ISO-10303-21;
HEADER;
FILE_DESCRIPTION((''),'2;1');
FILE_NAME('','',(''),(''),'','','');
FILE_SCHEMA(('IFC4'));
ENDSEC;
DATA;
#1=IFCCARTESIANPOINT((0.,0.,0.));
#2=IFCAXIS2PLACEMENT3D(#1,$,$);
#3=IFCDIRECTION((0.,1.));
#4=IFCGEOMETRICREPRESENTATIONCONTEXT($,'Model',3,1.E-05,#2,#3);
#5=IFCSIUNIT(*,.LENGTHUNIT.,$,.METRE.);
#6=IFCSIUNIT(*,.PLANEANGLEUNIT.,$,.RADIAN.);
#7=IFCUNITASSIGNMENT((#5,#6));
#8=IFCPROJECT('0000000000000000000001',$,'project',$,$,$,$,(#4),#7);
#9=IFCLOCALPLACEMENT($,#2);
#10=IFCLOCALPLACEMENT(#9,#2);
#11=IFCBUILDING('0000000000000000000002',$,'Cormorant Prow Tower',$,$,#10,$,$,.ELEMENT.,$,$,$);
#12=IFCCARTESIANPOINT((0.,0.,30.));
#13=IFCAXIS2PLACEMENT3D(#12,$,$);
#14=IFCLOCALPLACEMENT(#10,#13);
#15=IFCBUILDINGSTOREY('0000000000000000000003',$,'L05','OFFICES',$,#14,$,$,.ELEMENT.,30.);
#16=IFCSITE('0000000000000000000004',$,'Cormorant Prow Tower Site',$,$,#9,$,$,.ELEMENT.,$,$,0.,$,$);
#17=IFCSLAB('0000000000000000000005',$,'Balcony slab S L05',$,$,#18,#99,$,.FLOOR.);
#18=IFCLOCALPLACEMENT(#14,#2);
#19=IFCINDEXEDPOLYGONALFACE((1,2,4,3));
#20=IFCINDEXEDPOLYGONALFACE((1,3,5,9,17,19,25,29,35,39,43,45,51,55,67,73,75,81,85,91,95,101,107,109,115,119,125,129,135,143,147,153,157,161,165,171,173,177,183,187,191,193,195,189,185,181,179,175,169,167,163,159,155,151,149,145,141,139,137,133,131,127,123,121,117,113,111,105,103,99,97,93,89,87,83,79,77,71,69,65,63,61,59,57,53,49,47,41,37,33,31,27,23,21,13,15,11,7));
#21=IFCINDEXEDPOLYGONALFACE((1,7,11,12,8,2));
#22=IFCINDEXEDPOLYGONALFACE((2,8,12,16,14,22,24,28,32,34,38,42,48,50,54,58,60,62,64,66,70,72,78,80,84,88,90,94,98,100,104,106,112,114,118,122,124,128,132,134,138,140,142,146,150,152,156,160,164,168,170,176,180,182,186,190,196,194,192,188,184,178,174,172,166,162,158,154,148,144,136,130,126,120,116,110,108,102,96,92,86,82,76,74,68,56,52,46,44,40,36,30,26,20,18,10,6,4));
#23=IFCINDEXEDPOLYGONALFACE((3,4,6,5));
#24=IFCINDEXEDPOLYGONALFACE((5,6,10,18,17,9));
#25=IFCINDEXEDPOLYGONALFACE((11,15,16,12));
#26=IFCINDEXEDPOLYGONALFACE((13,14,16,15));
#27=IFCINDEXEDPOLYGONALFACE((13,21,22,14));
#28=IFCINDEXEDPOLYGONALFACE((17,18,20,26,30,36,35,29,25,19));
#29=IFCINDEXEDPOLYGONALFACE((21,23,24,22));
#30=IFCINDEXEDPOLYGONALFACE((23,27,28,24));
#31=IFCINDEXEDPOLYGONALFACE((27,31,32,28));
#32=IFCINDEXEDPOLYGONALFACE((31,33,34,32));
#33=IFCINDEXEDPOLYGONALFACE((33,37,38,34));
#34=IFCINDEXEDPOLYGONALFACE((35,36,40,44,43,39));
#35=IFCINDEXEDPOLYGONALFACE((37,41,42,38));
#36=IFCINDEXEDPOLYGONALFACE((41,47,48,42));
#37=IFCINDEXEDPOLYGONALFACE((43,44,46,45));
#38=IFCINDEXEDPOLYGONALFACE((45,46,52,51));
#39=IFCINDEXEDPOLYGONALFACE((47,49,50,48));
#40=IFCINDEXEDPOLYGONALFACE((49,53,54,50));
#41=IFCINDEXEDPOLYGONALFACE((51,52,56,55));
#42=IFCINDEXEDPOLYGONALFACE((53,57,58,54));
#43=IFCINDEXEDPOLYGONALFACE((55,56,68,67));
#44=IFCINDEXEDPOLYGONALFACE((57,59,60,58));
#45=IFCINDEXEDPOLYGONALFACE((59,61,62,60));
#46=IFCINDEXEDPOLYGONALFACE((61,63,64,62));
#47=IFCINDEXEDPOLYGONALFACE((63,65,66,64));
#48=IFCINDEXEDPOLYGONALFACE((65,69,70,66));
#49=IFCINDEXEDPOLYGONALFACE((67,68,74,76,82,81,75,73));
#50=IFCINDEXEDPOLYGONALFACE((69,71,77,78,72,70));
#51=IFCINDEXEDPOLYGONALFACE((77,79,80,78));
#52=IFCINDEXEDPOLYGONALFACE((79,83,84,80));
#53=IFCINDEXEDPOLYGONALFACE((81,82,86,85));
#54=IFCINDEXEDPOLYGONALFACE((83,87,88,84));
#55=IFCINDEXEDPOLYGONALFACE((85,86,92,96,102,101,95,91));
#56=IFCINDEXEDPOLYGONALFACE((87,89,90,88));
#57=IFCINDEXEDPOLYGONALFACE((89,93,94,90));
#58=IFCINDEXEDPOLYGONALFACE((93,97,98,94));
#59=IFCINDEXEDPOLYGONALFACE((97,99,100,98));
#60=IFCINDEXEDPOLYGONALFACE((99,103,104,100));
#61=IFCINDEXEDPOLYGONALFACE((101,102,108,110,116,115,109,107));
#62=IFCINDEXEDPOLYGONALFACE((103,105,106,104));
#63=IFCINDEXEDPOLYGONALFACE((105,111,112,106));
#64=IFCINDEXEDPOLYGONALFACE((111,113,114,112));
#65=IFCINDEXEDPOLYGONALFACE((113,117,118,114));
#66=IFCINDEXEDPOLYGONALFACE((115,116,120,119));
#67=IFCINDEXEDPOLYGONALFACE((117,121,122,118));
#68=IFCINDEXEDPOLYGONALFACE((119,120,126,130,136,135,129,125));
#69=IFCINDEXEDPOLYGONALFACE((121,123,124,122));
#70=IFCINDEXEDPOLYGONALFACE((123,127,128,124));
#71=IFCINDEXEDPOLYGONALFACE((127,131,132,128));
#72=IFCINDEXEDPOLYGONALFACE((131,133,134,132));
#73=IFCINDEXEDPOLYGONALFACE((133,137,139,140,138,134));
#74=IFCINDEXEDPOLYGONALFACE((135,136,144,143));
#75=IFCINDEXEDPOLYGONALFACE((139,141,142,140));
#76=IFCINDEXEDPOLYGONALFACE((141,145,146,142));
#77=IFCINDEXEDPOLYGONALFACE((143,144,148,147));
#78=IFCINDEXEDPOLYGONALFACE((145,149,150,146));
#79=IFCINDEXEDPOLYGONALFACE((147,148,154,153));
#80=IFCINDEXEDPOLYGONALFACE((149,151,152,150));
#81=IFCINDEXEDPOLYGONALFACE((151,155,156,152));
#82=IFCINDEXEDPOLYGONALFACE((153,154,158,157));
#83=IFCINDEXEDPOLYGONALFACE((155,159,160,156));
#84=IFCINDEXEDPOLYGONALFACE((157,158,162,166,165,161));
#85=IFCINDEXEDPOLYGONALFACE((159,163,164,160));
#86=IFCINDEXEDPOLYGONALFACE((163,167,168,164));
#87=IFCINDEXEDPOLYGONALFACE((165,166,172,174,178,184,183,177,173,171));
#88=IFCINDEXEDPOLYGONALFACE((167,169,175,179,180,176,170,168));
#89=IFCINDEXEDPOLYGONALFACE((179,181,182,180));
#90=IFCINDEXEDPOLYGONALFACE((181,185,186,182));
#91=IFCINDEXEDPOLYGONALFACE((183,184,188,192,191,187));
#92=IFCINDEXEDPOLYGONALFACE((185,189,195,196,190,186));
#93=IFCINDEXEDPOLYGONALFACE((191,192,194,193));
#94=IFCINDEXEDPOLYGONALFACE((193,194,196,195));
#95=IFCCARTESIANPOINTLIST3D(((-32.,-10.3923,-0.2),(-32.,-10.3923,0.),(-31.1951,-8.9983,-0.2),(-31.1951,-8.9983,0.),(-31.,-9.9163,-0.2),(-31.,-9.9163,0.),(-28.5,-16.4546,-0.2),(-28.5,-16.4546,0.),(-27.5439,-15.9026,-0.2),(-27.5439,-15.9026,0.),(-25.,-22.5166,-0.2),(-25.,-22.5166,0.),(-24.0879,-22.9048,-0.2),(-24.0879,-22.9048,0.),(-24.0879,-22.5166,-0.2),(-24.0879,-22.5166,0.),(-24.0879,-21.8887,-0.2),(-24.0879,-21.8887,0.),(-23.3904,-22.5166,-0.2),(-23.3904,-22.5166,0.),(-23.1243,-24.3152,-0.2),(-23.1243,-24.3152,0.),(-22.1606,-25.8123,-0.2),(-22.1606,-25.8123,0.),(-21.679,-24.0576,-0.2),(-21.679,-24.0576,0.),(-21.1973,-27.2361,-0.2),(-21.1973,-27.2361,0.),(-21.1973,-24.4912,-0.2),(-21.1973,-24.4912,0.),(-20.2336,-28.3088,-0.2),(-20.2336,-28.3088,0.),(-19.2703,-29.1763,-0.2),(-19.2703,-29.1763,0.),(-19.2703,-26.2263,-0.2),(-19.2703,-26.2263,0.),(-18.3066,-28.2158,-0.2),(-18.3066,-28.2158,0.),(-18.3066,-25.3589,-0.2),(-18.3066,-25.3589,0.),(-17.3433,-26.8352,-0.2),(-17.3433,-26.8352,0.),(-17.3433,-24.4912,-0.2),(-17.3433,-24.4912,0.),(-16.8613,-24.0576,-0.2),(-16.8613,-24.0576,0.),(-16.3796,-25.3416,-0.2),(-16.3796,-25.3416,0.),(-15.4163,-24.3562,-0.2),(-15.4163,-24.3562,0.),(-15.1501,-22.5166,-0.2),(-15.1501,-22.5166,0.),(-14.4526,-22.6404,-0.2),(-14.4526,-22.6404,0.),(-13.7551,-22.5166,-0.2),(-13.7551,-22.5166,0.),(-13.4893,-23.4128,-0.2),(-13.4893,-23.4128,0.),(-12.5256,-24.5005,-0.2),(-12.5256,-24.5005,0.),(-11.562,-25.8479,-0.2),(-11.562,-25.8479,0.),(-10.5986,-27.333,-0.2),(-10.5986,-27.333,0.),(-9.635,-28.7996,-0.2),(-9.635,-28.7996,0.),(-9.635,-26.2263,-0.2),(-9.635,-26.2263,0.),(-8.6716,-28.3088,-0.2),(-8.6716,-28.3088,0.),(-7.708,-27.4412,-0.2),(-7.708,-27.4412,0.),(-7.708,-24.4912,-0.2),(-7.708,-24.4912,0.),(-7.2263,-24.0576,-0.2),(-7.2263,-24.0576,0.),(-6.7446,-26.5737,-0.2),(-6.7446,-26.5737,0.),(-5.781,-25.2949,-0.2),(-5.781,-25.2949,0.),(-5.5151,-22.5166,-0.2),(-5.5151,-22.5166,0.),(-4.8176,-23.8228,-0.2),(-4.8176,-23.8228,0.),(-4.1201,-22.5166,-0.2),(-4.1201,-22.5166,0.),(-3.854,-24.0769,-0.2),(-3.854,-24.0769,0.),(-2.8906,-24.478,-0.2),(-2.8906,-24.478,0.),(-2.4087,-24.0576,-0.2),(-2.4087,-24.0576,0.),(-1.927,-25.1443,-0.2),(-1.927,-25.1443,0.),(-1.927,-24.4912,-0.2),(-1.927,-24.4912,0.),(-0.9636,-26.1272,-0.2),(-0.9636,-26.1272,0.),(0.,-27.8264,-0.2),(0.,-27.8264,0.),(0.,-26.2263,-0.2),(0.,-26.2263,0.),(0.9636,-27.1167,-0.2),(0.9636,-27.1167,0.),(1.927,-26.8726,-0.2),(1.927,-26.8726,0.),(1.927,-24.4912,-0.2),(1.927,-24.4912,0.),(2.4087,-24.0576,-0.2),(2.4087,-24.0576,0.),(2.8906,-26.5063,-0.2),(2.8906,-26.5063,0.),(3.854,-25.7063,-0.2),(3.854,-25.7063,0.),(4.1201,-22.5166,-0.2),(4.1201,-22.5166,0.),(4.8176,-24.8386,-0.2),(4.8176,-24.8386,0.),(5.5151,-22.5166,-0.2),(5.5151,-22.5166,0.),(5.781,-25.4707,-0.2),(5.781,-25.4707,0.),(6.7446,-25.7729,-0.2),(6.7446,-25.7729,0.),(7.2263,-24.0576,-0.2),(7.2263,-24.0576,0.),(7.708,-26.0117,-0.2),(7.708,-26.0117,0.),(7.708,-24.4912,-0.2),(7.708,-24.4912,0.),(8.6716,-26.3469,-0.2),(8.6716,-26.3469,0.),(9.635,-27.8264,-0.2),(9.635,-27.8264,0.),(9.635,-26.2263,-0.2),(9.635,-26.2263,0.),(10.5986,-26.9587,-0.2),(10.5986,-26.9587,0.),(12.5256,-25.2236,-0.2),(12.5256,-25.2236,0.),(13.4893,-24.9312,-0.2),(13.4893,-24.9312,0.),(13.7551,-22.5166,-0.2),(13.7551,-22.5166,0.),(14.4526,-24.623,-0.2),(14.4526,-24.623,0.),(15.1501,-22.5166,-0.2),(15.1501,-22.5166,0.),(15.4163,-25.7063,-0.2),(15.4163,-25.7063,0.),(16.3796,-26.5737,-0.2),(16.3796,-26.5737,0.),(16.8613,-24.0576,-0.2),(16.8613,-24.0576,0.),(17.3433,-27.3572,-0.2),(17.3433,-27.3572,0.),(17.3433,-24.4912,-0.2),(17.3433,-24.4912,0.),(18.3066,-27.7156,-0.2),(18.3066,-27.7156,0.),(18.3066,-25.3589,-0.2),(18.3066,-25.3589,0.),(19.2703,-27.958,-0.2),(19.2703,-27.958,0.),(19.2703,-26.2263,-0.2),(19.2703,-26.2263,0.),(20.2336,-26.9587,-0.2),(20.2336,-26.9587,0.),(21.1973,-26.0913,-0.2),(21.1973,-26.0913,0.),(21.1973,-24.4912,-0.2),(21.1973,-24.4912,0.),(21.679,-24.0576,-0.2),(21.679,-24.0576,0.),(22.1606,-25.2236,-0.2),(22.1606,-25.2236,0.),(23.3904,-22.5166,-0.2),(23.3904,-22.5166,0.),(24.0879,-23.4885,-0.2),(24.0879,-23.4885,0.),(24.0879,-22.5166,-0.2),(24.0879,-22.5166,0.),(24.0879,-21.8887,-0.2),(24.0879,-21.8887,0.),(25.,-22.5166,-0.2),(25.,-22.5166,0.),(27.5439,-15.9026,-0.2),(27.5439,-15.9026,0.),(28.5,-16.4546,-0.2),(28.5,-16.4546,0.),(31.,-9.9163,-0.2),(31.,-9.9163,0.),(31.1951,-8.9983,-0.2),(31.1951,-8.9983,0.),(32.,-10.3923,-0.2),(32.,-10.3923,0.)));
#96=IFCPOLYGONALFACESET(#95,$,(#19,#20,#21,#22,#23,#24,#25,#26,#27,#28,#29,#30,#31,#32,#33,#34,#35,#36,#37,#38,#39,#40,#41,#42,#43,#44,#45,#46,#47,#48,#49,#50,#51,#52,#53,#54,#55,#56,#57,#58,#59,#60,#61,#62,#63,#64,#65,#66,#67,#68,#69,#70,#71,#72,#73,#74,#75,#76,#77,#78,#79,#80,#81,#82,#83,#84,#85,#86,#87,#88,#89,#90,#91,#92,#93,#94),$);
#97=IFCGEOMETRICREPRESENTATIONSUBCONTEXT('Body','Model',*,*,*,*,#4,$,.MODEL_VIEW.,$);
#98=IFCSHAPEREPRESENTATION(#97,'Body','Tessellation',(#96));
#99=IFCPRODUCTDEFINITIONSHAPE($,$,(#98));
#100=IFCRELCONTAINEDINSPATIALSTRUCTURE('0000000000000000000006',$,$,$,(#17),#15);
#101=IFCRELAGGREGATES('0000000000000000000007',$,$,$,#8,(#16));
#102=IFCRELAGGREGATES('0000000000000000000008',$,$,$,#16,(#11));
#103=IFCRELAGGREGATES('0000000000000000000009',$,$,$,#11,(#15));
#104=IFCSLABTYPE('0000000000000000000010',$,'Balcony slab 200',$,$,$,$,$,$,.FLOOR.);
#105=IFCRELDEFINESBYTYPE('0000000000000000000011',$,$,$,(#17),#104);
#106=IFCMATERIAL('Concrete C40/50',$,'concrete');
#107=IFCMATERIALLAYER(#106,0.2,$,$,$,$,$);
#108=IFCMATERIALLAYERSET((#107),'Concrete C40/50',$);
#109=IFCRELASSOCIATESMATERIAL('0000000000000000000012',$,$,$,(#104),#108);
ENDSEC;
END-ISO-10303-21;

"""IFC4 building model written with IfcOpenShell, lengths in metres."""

from ifc_helpers import new_model, si_unit, direction, frame, origin, place, context, subcontext, project, spatial, polyline, outline, extrude, material, layer, layer_set, type_object, element, save


model = new_model("IFC4")

# Units and contexts
model_context = context("Model", 3, precision=1e-05, world=origin(), true_north=direction((0.0, 1.0)))
body_context = subcontext(model_context, "Body", "Model", "MODEL_VIEW")
ifc_project = project(units=[si_unit("LENGTHUNIT", "METRE"), si_unit("PLANEANGLEUNIT", "RADIAN")], contexts=[model_context])

# Site, building, storey
site_placement = place(None, origin())
site = spatial("IfcSite", under=ifc_project, at=site_placement, Name="Cormorant Prow Tower Site", CompositionType="ELEMENT", RefElevation=0.0)
building_placement = place(site_placement, origin())
building = spatial("IfcBuilding", under=site, at=building_placement, Name="Cormorant Prow Tower", CompositionType="ELEMENT")
storey_placement = place(building_placement, frame((0.0, 0.0, 30.0)))
storey = spatial("IfcBuildingStorey", under=building, at=storey_placement, Name="L05", Description="OFFICES", CompositionType="ELEMENT", Elevation=30.0)

# Slab
ifc_material_1 = material(Name="Concrete C40/50", Category="concrete")
ifc_layer_1 = layer(ifc_material_1, 0.2)
ifc_layer_set_1 = layer_set([ifc_layer_1], Name="Concrete C40/50")
slab_type_1 = type_object("IfcSlabType", Name="Balcony slab 200", PredefinedType="FLOOR", material=ifc_layer_set_1)
slab_1_placement = place(storey_placement, frame((0.0, 0.0, -0.2)))
element("IfcSlab", 1, at=slab_1_placement, inside=storey, type_object=slab_type_1, Name="Balcony slab S L05", PredefinedType="FLOOR", context=body_context, shape_type="SweptSolid", body=[
    extrude(outline(polyline([(-18.3066, -25.3589), (-19.2703, -26.2263), (-21.1973, -24.4912), (-21.679, -24.0576), (-23.3904, -22.5166), (-24.0879, -21.8887), (-27.5439, -15.9026), (-31.0, -9.9163), (-31.1951, -8.9983), (-32.0, -10.3923), (-28.5, -16.4546), (-25.0, -22.5166), (-24.0879, -22.5166), (-24.0879, -22.9048), (-23.1243, -24.3152), (-22.1606, -25.8123), (-21.1973, -27.2361), (-20.2336, -28.3088), (-19.2703, -29.1763), (-18.3066, -28.2158), (-17.3433, -26.8352), (-16.3796, -25.3416), (-15.4163, -24.3562), (-14.4526, -22.6404), (-13.4893, -23.4128), (-12.5256, -24.5005), (-11.562, -25.8479), (-10.5986, -27.333), (-9.635, -28.7996), (-8.6716, -28.3088), (-7.708, -27.4412), (-6.7446, -26.5737), (-5.781, -25.2949), (-4.8176, -23.8228), (-3.854, -24.0769), (-2.8906, -24.478), (-1.927, -25.1443), (-0.9636, -26.1272), (0.0, -27.8264), (0.9636, -27.1167), (1.927, -26.8726), (2.8906, -26.5063), (3.854, -25.7063), (4.8176, -24.8386), (5.781, -25.4707), (6.7446, -25.7729), (7.708, -26.0117), (8.6716, -26.3469), (9.635, -27.8264), (10.5986, -26.9587), (12.5256, -25.2236), (13.4893, -24.9312), (14.4526, -24.623), (15.4163, -25.7063), (16.3796, -26.5737), (17.3433, -27.3572), (18.3066, -27.7156), (19.2703, -27.958), (20.2336, -26.9587), (21.1973, -26.0913), (22.1606, -25.2236), (24.0879, -23.4885), (24.0879, -22.5166), (25.0, -22.5166), (28.5, -16.4546), (32.0, -10.3923), (31.1951, -8.9983), (31.0, -9.9163), (27.5439, -15.9026), (24.0879, -21.8887), (23.3904, -22.5166), (21.679, -24.0576), (21.1973, -24.4912), (19.2703, -26.2263), (18.3066, -25.3589), (17.3433, -24.4912), (16.8613, -24.0576), (15.1501, -22.5166), (13.7551, -22.5166), (9.635, -26.2263), (7.708, -24.4912), (7.2263, -24.0576), (5.5151, -22.5166), (4.1201, -22.5166), (2.4087, -24.0576), (1.927, -24.4912), (0.0, -26.2263), (-1.927, -24.4912), (-2.4087, -24.0576), (-4.1201, -22.5166), (-5.5151, -22.5166), (-7.2263, -24.0576), (-7.708, -24.4912), (-9.635, -26.2263), (-13.7551, -22.5166), (-15.1501, -22.5166), (-16.8613, -24.0576), (-17.3433, -24.4912), (-18.3066, -25.3589)])), origin(), (0.0, 0.0, 1.0), 0.2),
])

save(model, "model.ifc")
